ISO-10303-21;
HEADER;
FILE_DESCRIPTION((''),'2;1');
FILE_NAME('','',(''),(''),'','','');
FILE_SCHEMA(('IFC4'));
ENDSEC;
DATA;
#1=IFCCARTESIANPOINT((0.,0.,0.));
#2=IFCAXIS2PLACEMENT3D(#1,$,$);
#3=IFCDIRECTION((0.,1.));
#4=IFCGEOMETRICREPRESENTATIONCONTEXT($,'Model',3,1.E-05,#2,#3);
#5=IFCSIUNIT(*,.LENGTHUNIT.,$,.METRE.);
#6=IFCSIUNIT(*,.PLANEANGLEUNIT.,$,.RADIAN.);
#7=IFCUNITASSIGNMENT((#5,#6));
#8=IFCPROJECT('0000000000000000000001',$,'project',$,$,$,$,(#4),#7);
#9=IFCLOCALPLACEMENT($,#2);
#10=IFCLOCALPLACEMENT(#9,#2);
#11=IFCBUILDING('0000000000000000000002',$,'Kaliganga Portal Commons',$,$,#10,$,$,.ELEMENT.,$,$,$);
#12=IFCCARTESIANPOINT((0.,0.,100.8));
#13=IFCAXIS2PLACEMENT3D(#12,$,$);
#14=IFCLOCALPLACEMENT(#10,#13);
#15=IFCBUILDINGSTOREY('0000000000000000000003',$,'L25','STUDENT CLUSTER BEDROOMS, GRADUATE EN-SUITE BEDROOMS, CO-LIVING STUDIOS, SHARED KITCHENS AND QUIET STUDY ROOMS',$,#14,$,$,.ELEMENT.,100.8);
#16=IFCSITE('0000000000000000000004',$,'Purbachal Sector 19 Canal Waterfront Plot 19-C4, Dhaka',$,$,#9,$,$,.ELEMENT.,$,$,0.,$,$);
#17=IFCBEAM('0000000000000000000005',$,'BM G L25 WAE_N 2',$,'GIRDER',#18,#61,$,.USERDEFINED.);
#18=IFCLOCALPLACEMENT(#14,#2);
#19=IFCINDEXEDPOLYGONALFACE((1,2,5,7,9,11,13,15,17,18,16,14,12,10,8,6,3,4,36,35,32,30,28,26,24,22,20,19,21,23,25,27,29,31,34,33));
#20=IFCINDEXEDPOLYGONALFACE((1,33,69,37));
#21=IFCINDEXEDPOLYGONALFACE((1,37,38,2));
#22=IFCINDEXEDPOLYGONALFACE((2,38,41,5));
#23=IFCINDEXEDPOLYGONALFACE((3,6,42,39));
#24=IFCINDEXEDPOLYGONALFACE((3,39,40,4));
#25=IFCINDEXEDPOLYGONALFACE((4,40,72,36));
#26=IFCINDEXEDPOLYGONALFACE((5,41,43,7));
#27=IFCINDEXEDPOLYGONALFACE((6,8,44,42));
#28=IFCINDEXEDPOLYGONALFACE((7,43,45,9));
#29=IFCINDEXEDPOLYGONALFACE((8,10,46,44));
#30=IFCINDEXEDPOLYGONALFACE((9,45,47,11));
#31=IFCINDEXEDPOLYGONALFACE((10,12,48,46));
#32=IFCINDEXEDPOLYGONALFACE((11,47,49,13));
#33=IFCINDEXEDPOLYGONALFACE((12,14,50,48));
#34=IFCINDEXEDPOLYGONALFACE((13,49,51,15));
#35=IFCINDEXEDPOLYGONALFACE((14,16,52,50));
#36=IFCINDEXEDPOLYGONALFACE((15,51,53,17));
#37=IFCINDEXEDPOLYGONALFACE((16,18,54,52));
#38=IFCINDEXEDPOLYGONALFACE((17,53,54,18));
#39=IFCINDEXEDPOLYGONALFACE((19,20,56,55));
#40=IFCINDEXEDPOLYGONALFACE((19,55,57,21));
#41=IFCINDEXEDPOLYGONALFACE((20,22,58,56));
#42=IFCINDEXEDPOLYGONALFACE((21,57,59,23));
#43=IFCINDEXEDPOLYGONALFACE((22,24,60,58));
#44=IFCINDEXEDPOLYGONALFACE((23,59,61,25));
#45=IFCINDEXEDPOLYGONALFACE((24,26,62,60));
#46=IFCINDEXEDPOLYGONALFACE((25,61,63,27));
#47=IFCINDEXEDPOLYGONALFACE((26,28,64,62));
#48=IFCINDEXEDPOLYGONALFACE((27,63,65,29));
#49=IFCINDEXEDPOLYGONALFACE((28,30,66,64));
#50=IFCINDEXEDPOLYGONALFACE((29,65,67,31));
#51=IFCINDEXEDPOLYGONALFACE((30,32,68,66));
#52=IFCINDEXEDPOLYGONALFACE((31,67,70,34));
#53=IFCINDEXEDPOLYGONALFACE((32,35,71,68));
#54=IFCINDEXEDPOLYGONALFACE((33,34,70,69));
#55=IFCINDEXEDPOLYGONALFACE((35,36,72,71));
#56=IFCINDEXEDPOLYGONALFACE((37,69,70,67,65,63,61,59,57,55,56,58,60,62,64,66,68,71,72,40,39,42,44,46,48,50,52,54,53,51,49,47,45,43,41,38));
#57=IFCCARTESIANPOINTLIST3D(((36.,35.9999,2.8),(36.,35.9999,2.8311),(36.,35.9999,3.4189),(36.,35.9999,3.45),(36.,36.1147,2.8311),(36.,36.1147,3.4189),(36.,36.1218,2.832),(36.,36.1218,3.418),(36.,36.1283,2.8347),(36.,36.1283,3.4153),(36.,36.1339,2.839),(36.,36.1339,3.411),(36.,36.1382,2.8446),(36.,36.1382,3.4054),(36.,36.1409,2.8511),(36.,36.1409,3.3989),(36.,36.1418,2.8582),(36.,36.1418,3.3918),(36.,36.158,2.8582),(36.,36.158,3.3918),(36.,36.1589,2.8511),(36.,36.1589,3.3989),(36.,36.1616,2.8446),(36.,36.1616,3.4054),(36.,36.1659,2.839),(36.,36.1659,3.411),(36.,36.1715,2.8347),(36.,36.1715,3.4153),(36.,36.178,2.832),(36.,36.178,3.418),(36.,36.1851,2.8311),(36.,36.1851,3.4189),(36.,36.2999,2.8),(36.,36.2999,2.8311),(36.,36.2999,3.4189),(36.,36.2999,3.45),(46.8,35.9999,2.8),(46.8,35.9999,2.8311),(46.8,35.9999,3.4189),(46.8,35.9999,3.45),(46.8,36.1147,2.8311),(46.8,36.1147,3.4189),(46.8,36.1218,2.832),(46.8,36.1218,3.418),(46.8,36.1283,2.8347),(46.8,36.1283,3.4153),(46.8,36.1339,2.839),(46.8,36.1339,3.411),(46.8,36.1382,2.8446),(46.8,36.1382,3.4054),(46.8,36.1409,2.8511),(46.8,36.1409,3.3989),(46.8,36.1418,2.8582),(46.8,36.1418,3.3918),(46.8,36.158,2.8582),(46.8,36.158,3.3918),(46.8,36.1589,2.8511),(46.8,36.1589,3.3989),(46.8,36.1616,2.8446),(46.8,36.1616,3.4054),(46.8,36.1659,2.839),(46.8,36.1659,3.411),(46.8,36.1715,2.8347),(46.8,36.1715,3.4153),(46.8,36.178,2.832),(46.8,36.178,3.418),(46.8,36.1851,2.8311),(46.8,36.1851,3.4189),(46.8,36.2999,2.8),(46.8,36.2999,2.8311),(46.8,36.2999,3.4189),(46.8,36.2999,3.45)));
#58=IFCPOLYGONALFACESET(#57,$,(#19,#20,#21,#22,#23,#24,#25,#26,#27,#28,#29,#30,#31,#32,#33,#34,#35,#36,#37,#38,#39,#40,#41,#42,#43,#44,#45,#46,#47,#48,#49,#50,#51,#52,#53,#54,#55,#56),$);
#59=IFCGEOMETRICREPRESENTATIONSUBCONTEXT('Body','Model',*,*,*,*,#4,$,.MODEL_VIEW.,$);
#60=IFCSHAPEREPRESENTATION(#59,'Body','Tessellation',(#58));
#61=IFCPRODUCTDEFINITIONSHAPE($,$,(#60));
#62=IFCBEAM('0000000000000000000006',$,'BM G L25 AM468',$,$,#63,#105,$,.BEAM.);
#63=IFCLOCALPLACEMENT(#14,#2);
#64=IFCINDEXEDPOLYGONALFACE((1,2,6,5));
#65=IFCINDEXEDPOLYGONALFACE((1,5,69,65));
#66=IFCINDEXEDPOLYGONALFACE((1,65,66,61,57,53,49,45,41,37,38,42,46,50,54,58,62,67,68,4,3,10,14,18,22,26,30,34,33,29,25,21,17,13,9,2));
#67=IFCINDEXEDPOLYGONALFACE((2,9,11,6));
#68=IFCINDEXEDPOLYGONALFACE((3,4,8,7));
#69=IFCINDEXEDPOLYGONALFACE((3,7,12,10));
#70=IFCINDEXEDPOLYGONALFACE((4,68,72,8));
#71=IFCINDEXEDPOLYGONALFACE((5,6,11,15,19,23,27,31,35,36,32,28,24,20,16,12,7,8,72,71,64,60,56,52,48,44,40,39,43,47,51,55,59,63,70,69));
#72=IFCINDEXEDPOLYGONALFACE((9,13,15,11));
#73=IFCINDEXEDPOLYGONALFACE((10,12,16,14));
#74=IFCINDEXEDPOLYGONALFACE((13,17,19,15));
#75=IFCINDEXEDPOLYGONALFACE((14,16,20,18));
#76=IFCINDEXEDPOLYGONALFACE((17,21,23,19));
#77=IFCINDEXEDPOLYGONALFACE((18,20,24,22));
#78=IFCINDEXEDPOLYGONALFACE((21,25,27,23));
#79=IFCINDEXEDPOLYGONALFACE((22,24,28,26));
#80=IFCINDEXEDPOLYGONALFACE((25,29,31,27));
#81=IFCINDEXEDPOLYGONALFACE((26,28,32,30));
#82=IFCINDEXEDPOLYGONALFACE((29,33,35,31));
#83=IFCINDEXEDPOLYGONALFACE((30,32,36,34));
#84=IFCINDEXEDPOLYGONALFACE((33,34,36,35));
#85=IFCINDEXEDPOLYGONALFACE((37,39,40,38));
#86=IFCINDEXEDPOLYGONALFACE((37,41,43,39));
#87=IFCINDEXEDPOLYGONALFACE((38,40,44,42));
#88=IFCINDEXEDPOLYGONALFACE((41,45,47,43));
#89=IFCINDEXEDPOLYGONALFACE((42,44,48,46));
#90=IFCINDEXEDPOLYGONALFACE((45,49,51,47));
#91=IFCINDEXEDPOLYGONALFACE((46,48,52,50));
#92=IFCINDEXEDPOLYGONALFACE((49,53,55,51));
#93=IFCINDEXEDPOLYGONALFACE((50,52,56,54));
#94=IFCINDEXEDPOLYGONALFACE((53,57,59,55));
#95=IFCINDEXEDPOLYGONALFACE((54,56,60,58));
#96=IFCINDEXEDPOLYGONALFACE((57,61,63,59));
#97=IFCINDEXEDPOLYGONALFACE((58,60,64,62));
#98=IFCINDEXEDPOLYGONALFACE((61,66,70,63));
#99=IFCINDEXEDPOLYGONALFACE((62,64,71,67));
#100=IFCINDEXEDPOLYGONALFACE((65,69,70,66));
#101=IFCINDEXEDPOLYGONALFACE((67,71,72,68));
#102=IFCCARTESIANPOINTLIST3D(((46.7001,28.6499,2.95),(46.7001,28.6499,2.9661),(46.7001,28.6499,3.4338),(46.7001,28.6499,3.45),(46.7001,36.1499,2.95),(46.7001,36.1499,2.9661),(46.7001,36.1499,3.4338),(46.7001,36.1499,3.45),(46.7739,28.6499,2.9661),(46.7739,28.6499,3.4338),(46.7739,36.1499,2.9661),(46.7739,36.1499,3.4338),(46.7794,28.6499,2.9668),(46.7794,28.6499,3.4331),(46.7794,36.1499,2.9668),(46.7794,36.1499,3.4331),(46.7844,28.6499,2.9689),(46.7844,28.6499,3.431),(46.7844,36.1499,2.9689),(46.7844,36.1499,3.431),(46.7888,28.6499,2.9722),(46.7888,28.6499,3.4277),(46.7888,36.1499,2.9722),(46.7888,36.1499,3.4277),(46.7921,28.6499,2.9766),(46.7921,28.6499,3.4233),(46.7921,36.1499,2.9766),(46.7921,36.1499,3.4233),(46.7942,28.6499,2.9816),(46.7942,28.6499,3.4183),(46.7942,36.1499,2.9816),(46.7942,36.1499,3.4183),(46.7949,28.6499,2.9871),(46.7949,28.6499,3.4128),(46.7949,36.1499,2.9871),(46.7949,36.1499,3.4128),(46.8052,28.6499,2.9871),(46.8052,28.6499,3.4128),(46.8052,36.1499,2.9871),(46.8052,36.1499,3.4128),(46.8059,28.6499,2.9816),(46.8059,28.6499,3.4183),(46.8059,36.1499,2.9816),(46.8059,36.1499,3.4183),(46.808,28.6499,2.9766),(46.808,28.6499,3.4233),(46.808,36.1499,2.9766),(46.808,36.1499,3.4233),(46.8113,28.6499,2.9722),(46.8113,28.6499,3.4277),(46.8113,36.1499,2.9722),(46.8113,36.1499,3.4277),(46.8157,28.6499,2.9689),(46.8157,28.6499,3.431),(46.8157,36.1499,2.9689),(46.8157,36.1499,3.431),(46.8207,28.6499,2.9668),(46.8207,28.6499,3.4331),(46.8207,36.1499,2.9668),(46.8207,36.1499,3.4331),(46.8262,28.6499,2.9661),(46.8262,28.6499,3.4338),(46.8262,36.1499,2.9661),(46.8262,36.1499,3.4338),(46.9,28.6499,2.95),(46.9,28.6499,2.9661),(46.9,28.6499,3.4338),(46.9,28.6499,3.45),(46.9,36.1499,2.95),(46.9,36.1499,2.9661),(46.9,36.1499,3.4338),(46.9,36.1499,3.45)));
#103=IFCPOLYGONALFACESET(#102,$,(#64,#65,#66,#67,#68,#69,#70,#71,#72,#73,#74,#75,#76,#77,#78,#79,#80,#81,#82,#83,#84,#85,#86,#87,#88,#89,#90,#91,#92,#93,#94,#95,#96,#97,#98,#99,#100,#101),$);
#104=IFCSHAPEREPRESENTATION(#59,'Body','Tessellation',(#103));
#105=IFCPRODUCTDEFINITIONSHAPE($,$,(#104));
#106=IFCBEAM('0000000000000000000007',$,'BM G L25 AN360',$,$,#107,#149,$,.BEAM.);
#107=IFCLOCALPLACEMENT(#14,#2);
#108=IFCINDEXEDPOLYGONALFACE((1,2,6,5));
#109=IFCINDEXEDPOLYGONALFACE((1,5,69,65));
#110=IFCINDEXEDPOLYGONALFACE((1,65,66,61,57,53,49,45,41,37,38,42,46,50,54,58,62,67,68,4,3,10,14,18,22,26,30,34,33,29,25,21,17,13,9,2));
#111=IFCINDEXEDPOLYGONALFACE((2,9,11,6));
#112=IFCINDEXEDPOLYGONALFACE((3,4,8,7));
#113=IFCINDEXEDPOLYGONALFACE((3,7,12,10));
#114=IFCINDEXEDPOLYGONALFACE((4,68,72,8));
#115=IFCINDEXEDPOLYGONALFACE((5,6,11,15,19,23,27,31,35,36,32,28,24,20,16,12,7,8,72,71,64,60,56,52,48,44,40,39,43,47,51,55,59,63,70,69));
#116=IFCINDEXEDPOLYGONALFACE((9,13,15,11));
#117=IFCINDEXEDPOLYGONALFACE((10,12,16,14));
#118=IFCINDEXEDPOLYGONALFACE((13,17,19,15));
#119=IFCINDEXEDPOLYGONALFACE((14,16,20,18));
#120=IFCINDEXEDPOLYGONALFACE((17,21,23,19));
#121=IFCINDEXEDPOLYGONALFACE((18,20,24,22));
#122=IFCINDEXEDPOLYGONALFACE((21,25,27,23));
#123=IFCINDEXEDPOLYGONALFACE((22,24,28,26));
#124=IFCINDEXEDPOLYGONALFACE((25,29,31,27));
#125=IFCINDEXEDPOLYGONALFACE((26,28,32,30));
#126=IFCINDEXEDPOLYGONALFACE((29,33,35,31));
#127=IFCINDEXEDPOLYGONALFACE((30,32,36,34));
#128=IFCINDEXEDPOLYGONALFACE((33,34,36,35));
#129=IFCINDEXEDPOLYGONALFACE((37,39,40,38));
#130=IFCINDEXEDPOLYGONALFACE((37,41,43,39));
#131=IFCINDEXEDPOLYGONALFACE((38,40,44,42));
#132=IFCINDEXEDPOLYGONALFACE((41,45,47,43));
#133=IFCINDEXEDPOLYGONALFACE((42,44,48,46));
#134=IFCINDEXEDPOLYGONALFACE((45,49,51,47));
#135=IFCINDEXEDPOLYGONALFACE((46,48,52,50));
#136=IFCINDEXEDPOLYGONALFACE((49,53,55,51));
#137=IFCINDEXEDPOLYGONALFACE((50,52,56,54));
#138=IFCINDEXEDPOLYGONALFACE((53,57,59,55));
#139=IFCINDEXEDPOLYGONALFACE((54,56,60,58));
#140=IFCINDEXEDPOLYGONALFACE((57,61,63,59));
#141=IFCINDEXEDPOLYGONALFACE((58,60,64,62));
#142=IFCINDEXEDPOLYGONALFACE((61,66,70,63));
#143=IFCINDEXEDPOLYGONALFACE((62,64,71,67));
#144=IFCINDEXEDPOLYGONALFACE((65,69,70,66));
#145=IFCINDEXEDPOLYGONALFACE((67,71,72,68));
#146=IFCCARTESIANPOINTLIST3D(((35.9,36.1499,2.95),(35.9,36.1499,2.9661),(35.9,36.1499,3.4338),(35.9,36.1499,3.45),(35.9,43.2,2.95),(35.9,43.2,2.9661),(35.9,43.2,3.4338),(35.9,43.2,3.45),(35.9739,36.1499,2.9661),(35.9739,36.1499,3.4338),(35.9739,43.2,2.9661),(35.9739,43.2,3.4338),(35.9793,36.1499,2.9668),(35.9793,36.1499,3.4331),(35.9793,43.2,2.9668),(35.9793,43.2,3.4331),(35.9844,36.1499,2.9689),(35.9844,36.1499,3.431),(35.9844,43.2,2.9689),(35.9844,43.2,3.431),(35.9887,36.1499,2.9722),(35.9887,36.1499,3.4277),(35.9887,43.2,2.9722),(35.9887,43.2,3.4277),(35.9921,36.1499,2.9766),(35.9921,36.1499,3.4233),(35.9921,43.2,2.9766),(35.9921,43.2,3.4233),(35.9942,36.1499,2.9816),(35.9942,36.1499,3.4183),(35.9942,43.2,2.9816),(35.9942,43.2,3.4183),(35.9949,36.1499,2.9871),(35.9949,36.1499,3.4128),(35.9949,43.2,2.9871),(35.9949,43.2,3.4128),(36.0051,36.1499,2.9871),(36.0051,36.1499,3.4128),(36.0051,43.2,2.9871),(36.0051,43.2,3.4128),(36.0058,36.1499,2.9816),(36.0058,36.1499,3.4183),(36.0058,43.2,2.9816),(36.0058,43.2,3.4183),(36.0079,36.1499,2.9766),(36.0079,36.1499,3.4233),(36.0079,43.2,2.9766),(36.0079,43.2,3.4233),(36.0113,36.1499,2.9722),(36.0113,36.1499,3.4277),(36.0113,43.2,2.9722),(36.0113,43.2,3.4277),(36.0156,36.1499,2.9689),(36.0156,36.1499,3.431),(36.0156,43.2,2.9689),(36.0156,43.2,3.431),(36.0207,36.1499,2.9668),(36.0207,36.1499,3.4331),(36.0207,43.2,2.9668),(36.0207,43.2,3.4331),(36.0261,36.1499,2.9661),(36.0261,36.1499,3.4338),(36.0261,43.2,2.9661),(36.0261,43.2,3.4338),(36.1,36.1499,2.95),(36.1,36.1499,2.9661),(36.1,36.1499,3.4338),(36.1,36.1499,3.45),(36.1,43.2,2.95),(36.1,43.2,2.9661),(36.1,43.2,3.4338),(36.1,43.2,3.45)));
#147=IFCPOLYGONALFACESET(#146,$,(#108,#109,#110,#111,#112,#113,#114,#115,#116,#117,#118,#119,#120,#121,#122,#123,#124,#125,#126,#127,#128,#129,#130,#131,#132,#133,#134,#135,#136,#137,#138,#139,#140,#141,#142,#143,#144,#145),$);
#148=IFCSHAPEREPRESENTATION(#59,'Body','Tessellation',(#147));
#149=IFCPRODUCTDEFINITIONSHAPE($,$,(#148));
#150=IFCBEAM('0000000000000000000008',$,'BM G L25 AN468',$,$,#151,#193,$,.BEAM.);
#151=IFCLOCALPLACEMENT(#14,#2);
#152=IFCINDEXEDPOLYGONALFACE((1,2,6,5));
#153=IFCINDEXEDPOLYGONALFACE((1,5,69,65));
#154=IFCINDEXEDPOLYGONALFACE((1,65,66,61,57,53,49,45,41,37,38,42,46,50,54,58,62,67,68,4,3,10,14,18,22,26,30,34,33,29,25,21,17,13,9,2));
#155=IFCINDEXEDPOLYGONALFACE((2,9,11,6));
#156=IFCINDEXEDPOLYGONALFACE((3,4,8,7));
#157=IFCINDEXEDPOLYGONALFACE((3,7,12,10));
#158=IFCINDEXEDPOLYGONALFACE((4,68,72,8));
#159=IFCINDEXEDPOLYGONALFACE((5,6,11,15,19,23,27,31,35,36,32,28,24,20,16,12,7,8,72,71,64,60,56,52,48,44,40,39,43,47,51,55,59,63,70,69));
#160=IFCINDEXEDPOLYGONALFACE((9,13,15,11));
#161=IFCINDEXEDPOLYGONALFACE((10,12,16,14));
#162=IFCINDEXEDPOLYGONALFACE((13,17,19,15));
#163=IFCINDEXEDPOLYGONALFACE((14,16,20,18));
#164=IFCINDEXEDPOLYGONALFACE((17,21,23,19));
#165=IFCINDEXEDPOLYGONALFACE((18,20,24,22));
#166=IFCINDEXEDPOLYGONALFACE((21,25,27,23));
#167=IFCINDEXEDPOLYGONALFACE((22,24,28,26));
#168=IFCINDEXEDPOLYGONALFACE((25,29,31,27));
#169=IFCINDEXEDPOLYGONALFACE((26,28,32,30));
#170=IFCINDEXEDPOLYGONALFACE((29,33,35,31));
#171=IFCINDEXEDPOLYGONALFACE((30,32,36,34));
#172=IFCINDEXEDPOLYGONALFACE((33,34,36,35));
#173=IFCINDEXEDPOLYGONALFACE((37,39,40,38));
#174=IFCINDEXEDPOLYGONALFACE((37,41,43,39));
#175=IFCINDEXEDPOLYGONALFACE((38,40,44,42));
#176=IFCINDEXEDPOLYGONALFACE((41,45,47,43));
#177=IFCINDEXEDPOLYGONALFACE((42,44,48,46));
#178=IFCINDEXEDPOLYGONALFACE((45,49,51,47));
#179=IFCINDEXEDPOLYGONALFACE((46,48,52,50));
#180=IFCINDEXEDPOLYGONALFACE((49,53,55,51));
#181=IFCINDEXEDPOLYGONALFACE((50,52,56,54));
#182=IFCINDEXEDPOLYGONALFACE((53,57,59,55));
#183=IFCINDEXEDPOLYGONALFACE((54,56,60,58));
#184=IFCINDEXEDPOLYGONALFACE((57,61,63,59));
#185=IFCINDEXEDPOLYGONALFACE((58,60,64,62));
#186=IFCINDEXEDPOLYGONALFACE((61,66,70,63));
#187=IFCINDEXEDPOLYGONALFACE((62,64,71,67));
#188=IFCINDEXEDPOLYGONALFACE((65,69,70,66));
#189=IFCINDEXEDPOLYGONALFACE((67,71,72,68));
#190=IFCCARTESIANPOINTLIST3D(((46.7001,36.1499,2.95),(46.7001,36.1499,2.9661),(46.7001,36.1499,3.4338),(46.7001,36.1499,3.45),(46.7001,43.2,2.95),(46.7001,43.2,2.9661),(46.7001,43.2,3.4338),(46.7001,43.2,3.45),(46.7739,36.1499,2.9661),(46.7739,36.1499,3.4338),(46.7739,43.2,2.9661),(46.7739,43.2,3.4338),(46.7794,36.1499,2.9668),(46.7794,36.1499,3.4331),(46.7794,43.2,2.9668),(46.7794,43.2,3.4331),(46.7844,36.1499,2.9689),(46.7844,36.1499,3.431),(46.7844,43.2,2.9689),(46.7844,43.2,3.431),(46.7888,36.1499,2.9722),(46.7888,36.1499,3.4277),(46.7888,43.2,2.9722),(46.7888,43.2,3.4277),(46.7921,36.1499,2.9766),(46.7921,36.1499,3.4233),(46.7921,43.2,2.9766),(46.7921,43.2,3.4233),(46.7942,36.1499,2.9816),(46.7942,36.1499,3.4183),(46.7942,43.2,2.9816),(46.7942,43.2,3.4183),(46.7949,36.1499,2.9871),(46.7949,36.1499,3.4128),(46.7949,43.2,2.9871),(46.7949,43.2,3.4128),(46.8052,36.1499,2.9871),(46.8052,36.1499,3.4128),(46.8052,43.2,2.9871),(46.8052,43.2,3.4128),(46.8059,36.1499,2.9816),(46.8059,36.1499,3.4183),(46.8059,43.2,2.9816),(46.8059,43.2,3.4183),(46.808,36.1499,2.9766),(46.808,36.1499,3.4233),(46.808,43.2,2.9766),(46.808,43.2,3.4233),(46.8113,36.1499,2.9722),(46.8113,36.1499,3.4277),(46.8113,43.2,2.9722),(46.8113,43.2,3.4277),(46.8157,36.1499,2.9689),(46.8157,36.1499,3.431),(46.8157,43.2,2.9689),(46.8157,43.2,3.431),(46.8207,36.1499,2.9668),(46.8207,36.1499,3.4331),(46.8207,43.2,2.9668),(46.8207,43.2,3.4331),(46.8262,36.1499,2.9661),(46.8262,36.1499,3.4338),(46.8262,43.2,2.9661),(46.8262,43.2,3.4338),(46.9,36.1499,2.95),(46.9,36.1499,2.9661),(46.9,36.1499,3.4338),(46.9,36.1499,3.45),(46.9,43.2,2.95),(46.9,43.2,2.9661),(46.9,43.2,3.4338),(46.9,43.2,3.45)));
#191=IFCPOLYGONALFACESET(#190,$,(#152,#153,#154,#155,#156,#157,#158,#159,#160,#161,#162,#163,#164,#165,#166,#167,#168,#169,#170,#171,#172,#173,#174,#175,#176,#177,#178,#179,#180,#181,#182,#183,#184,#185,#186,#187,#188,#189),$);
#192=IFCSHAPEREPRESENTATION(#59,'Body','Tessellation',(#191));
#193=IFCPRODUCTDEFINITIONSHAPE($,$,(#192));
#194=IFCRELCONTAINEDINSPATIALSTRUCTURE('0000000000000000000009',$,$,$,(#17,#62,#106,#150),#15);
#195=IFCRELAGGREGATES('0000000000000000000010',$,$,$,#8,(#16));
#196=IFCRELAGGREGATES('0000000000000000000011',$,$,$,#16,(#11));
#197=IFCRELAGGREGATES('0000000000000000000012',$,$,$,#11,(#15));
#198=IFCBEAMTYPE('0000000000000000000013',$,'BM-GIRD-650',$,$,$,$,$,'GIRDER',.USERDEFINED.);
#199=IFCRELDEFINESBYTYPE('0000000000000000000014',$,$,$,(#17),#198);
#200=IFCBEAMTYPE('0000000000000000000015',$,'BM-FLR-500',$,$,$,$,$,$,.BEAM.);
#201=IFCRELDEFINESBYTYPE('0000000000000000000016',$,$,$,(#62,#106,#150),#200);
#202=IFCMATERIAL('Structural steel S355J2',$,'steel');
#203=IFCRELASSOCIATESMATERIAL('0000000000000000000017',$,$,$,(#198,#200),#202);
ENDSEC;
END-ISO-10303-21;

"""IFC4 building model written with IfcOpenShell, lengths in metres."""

from ifc_helpers import new_model, si_unit, direction, frame, origin, origin_2d, place, context, subcontext, project, spatial, i_section, extrude, source, transform, mapped, material, material_profile, profile_set, type_object, element, save


model = new_model("IFC4")

# Units and contexts
model_context = context("Model", 3, precision=1e-05, world=origin(), true_north=direction((0.0, 1.0)))
body_context = subcontext(model_context, "Body", "Model", "MODEL_VIEW")
ifc_project = project(units=[si_unit("LENGTHUNIT", "METRE"), si_unit("PLANEANGLEUNIT", "RADIAN")], contexts=[model_context])

# Site, building, storey
site_placement = place(None, origin())
site = spatial("IfcSite", under=ifc_project, at=site_placement, Name="Purbachal Sector 19 Canal Waterfront Plot 19-C4, Dhaka", CompositionType="ELEMENT", RefElevation=0.0)
building_placement = place(site_placement, origin())
building = spatial("IfcBuilding", under=site, at=building_placement, Name="Kaliganga Portal Commons", CompositionType="ELEMENT")
storey_placement = place(building_placement, frame((0.0, 0.0, 100.8)))
storey = spatial("IfcBuildingStorey", under=building, at=storey_placement, Name="L25", Description="STUDENT CLUSTER BEDROOMS, GRADUATE EN-SUITE BEDROOMS, CO-LIVING STUDIOS, SHARED KITCHENS AND QUIET STUDY ROOMS", CompositionType="ELEMENT", Elevation=100.8)

# Beams
ifc_material_1 = material(Name="Structural steel S355J2", Category="steel")
ifc_material_profile_1 = material_profile(ifc_material_1, i_section(OverallWidth=0.3, OverallDepth=0.6499, WebThickness=0.0161, FlangeThickness=0.031, FilletRadius=0.0271, at=origin_2d()), Name="HE 650 B")
ifc_profile_set_1 = profile_set([ifc_material_profile_1], Name="Structural steel S355J2 wide-flange")
beam_type_1 = type_object("IfcBeamType", Name="BM-GIRD-650", ElementType="GIRDER", PredefinedType="USERDEFINED", material=ifc_profile_set_1)
shared_shape_1 = source(origin(), body_context, "Body", "SweptSolid", [
    extrude(i_section(OverallWidth=0.3, OverallDepth=0.6499, WebThickness=0.0161, FlangeThickness=0.031, FilletRadius=0.0271, at=origin_2d()), origin(), (0.0, 0.0, 1.0), 10.8),
])
beam_1_placement = place(storey_placement, frame((36.0, 36.1499, 3.125), z_axis=(1.0, 0.0, 0.0), x_axis=(0.0, 1.0, 0.0)))
element("IfcBeam", 1, at=beam_1_placement, inside=storey, type_object=beam_type_1, Name="BM G L25 WAE_N 2", ObjectType="GIRDER", PredefinedType="USERDEFINED", context=body_context, shape_type="MappedRepresentation", body=[
    mapped(shared_shape_1, transform((0.0, 0.0, 0.0), x_axis=(1.0, 0.0, 0.0), y_axis=(0.0, 1.0, 0.0), z_axis=(0.0, 0.0, 1.0), scale=1.0)),
])
ifc_material_profile_2 = material_profile(ifc_material_1, i_section(OverallWidth=0.2, OverallDepth=0.5, WebThickness=0.0103, FlangeThickness=0.0161, FilletRadius=0.021, at=origin_2d()), Name="IPE 500")
ifc_profile_set_2 = profile_set([ifc_material_profile_2], Name="Structural steel S355J2 wide-flange")
beam_type_2 = type_object("IfcBeamType", Name="BM-FLR-500", PredefinedType="BEAM", material=ifc_profile_set_2)
shared_shape_2 = source(origin(), body_context, "Body", "SweptSolid", [
    extrude(i_section(OverallWidth=0.2, OverallDepth=0.5, WebThickness=0.0103, FlangeThickness=0.0161, FilletRadius=0.021, at=origin_2d()), origin(), (0.0, 0.0, 1.0), 7.5),
])
beam_2_placement = place(storey_placement, frame((46.8, 28.6499, 3.2), z_axis=(0.0, 1.0, 0.0), x_axis=(-1.0, 0.0, 0.0)))
element("IfcBeam", 2, at=beam_2_placement, inside=storey, type_object=beam_type_2, Name="BM G L25 AM468", PredefinedType="BEAM", context=body_context, shape_type="MappedRepresentation", body=[
    mapped(shared_shape_2, transform((0.0, 0.0, 0.0), x_axis=(1.0, 0.0, 0.0), y_axis=(0.0, 1.0, 0.0), z_axis=(0.0, 0.0, 1.0), scale=1.0)),
])
shared_shape_3 = source(origin(), body_context, "Body", "SweptSolid", [
    extrude(i_section(OverallWidth=0.2, OverallDepth=0.5, WebThickness=0.0103, FlangeThickness=0.0161, FilletRadius=0.021, at=origin_2d()), origin(), (0.0, 0.0, 1.0), 7.05),
])
for number, where, z_axis, x_axis, name in (
    (3, (36.0, 36.1499, 3.2), (0.0, 1.0, 0.0), (-1.0, 0.0, 0.0), "BM G L25 AN360"),
    (4, (46.8, 36.1499, 3.2), (0.0, 1.0, 0.0), (-1.0, 0.0, 0.0), "BM G L25 AN468"),
):
    element("IfcBeam", number, at=place(storey_placement, frame(where, z_axis=z_axis, x_axis=x_axis)), inside=storey, type_object=beam_type_2, Name=name, PredefinedType="BEAM", context=body_context, shape_type="MappedRepresentation", body=[
        mapped(shared_shape_3, transform((0.0, 0.0, 0.0), x_axis=(1.0, 0.0, 0.0), y_axis=(0.0, 1.0, 0.0), z_axis=(0.0, 0.0, 1.0), scale=1.0)),
    ])

save(model, "model.ifc")
